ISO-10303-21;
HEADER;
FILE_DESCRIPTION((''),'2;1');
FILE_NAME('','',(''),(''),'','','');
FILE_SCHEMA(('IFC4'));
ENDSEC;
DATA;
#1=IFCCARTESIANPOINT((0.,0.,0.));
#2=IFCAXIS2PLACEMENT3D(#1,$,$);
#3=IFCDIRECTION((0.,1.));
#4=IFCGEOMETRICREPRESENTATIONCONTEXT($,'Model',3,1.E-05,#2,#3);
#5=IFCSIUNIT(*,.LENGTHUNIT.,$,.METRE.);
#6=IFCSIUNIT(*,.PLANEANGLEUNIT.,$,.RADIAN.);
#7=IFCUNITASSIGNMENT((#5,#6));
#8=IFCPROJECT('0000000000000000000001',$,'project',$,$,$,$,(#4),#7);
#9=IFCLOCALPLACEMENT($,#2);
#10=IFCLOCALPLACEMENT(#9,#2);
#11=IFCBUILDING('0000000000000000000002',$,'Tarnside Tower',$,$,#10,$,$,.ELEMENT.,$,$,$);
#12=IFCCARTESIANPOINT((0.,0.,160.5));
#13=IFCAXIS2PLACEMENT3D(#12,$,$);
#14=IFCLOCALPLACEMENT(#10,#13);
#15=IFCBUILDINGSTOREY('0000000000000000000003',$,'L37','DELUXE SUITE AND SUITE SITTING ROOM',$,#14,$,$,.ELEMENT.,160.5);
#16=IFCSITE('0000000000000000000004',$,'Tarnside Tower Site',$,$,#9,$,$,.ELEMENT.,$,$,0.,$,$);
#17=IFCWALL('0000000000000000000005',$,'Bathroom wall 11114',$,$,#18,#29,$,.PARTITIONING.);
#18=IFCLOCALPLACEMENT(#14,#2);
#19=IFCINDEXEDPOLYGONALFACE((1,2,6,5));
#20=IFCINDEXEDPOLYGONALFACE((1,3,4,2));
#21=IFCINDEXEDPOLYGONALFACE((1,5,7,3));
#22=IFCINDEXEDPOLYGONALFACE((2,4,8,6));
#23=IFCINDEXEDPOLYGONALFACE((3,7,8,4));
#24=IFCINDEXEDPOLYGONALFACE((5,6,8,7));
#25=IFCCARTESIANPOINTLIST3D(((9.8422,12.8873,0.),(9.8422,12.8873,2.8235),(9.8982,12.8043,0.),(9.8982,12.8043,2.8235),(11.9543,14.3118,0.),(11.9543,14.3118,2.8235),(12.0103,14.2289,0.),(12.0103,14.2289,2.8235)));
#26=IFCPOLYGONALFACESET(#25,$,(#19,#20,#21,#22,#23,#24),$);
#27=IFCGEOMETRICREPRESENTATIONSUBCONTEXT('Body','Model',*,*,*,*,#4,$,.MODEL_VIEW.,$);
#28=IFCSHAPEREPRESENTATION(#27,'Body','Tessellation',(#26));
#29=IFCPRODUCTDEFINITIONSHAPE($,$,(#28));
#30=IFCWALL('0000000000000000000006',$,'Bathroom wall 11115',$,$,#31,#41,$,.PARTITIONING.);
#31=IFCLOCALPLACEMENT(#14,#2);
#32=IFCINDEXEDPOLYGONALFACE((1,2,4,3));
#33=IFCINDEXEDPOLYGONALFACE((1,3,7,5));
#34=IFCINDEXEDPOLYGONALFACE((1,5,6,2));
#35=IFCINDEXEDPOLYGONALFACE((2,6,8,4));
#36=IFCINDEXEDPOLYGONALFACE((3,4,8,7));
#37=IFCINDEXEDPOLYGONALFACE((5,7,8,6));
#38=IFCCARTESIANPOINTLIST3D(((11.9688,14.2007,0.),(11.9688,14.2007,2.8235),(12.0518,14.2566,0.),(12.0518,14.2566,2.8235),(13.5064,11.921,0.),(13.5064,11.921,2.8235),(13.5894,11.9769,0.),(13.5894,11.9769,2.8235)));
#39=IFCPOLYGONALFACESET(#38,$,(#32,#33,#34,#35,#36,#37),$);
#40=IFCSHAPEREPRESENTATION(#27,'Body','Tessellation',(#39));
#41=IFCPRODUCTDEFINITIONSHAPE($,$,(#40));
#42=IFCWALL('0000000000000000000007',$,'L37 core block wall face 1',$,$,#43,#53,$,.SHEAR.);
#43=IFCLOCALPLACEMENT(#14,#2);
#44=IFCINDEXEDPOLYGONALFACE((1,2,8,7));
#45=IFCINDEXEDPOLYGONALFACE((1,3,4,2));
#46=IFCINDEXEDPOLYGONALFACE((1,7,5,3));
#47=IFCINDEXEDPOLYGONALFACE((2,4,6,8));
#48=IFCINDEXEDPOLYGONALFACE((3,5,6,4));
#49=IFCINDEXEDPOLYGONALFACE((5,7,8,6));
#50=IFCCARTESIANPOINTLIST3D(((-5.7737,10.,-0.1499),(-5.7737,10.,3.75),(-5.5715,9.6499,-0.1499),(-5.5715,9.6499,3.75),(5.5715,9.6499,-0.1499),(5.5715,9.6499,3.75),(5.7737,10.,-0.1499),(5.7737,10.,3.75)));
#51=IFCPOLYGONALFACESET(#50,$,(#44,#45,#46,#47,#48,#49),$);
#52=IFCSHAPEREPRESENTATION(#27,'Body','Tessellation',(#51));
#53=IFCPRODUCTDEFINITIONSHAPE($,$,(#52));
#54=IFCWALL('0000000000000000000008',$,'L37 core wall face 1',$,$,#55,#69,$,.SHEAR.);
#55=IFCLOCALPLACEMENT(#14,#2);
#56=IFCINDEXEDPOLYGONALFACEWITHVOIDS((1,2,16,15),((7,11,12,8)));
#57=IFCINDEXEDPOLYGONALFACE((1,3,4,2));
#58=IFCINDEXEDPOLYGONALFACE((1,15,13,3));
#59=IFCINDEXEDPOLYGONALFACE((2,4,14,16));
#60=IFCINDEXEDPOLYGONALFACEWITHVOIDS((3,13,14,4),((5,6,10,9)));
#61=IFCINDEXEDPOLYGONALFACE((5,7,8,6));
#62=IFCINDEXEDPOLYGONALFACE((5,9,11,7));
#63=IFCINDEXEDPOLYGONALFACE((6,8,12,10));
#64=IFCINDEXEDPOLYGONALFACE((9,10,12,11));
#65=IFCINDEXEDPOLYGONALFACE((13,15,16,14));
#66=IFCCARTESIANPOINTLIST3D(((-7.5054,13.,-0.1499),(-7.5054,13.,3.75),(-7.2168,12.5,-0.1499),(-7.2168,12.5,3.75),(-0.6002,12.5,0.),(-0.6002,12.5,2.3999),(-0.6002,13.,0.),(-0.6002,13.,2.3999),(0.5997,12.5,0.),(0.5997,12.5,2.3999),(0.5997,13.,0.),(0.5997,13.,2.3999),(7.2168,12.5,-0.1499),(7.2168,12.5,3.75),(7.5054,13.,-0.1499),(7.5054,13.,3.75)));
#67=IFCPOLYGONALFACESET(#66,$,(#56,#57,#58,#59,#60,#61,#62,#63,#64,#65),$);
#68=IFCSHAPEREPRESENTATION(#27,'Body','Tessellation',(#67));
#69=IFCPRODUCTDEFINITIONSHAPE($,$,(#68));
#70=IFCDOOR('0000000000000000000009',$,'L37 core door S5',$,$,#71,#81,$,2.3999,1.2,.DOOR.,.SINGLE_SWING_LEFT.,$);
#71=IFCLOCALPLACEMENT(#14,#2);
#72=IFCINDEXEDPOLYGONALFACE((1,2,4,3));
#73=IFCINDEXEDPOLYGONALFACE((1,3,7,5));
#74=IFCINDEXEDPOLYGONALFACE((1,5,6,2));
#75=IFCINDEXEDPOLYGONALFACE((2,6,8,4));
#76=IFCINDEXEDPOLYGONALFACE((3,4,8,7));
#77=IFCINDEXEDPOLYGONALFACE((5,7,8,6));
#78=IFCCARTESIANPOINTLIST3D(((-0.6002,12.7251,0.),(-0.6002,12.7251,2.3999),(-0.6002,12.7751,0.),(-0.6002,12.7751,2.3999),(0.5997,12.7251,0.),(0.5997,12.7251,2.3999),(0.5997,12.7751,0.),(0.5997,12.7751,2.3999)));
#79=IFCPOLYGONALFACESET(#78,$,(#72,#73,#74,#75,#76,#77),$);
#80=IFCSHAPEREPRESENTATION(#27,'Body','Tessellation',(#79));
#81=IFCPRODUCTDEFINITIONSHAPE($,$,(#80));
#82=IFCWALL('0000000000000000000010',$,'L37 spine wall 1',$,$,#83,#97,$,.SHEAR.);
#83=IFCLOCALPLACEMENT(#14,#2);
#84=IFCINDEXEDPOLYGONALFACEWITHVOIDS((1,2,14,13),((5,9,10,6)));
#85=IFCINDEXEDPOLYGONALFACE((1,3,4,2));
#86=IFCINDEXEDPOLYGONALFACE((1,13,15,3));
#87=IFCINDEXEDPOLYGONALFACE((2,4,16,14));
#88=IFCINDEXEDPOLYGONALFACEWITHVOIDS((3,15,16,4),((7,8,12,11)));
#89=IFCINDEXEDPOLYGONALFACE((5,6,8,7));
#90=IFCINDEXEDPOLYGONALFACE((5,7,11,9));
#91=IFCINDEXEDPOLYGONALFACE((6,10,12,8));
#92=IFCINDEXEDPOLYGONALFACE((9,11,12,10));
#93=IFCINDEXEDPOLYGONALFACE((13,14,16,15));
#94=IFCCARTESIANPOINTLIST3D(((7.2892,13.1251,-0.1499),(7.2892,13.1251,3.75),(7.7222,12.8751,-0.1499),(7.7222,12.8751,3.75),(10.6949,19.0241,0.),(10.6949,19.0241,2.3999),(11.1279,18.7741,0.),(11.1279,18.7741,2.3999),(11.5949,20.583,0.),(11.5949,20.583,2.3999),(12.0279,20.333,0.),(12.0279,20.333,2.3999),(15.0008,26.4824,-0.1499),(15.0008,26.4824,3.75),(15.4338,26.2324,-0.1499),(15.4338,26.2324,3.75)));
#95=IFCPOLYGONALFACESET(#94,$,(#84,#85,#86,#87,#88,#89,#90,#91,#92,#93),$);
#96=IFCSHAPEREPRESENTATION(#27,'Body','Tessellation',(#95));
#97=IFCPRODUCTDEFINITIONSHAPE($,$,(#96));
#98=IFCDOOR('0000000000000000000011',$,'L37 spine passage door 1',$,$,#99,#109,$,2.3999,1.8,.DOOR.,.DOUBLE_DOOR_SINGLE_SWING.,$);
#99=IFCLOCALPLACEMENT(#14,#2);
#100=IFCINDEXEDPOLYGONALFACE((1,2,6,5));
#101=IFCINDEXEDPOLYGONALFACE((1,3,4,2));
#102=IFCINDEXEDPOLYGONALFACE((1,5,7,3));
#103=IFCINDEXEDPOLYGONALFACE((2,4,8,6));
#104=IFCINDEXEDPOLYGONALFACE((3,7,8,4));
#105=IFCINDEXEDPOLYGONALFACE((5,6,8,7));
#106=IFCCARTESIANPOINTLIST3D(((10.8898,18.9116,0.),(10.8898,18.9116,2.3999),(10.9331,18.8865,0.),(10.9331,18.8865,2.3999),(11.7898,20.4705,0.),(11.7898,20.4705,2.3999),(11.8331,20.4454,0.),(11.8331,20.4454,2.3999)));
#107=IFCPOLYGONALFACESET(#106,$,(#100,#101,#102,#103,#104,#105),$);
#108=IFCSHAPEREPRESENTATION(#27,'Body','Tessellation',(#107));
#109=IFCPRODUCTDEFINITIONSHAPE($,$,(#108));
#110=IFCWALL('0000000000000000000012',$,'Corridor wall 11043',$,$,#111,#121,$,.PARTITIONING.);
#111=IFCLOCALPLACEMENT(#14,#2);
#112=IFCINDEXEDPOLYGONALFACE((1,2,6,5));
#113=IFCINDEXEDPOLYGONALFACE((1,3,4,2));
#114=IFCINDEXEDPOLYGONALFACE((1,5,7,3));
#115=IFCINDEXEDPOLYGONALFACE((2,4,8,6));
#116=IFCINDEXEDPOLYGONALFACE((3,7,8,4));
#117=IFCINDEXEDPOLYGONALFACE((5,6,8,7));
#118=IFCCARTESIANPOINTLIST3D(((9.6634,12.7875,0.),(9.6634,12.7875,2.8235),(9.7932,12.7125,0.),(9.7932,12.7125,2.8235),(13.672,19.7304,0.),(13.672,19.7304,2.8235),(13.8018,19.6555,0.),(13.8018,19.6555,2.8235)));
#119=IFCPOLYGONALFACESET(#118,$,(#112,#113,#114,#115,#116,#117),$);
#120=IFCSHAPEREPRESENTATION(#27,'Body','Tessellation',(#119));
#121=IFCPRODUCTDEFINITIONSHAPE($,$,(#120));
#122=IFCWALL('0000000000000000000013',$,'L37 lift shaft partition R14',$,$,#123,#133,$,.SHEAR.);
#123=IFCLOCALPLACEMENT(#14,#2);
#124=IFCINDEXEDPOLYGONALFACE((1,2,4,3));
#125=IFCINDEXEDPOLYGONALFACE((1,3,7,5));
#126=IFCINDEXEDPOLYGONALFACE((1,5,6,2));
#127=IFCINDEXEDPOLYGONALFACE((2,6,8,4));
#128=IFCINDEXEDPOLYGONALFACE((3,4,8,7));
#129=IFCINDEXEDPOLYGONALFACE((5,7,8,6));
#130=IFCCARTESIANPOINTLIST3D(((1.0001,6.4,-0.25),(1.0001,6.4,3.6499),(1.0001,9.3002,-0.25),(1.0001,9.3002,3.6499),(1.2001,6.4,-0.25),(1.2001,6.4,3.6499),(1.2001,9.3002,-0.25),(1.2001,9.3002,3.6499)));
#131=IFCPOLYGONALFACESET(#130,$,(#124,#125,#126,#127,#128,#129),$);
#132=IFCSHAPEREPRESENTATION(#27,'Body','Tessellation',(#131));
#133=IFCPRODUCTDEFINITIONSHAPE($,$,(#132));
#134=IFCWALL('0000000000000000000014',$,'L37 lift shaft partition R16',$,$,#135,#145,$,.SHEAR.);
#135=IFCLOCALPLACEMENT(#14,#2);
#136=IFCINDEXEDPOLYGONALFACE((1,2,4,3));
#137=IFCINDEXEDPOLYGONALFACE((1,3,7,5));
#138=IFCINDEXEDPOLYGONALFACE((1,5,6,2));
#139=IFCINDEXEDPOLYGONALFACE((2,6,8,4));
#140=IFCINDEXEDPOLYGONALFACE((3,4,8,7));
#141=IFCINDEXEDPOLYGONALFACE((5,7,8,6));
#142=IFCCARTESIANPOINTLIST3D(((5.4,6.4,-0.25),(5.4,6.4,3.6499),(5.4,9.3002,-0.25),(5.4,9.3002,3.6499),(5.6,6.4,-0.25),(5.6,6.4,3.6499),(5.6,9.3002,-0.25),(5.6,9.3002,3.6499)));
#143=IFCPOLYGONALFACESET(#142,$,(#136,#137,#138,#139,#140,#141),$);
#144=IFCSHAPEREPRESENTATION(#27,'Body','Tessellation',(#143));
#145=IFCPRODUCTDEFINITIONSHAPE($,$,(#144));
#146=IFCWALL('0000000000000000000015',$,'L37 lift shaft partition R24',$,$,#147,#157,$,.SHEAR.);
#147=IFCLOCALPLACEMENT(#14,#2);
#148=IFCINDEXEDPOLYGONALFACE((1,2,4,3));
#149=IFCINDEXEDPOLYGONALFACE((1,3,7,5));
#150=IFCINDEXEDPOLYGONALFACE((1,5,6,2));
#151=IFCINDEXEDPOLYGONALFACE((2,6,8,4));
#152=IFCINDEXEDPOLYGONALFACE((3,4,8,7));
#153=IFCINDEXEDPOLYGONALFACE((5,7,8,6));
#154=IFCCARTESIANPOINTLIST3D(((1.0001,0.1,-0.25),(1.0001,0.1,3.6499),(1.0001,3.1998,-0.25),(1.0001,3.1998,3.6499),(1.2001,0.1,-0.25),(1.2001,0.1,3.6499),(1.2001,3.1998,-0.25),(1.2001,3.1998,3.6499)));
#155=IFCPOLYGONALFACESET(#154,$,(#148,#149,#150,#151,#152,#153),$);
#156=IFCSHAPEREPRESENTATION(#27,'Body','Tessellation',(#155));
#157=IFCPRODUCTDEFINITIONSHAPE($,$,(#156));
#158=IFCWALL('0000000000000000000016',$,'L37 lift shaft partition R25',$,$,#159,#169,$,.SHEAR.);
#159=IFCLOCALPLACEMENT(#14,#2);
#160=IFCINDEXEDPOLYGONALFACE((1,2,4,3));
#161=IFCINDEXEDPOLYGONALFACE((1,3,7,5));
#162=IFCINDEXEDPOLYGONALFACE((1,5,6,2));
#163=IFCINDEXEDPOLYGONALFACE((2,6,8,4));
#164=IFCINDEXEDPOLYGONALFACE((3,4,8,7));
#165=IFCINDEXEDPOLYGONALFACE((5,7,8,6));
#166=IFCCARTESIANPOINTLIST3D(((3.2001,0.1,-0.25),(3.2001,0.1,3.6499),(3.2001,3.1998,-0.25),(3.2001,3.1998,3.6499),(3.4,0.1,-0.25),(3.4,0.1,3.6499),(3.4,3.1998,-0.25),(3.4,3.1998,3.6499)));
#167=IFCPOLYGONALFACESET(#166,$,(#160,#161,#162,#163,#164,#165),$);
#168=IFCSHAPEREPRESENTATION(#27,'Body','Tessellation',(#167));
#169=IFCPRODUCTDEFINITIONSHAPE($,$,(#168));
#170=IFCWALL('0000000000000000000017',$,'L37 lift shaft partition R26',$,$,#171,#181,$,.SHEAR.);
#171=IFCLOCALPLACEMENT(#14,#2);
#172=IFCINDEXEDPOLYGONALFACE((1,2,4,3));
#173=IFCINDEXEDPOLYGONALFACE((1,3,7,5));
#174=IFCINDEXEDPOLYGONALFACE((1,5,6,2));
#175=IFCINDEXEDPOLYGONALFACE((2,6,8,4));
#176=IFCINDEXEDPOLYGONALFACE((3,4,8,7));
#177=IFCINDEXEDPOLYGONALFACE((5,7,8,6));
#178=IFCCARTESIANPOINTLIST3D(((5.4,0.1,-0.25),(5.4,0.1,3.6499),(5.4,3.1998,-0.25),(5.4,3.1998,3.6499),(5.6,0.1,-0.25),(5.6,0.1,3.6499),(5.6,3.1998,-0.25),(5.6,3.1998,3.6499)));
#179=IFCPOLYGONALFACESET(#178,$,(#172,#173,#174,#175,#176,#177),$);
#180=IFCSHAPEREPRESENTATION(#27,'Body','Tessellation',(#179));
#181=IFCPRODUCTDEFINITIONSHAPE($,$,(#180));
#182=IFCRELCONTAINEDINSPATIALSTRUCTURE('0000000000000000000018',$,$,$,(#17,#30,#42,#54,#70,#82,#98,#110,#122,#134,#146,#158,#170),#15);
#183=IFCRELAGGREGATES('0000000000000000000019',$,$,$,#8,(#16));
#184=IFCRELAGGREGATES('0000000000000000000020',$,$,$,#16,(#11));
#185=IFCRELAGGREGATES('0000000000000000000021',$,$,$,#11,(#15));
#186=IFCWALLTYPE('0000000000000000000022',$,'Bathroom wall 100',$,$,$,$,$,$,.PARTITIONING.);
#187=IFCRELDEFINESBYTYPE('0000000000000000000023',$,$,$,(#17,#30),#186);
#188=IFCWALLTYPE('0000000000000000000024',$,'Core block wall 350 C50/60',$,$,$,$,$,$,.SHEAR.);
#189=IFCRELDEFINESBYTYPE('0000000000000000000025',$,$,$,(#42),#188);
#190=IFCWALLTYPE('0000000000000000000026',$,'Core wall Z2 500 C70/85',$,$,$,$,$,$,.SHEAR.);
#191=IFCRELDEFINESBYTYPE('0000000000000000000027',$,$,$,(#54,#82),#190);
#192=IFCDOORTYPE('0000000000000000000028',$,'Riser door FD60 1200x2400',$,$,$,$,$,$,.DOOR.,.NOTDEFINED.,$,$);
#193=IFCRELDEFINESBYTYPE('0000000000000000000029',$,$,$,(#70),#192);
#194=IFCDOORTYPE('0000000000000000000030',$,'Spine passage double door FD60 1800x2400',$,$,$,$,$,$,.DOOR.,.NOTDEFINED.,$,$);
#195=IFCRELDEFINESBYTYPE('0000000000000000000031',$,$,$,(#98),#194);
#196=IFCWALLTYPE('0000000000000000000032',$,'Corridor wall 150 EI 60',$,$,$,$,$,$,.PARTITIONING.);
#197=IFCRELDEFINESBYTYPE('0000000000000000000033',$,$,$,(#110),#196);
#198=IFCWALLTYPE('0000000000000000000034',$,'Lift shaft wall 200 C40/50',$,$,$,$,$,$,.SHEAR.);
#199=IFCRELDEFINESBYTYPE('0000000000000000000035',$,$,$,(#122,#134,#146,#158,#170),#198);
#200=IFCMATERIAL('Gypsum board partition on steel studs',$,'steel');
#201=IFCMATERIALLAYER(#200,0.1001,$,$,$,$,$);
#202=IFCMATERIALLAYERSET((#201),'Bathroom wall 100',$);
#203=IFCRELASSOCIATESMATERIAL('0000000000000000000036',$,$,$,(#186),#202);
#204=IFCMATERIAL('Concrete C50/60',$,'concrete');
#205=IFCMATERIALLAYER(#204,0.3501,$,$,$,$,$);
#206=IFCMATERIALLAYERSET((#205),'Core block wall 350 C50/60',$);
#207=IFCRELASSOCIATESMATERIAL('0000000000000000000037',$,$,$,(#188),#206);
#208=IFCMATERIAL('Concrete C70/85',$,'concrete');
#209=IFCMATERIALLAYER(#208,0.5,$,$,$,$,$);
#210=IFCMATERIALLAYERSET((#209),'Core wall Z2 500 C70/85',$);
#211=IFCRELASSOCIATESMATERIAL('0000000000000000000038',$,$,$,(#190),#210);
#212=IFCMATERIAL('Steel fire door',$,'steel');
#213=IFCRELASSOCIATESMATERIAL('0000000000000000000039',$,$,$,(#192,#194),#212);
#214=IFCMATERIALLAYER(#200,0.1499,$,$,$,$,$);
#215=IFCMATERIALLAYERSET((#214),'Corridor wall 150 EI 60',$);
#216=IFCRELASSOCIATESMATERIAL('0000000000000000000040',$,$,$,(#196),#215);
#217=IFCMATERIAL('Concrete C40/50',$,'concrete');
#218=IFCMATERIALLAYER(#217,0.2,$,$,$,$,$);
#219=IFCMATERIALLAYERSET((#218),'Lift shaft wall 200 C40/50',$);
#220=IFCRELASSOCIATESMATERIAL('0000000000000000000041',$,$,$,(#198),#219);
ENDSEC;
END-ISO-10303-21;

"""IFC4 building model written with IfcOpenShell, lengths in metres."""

from ifc_helpers import new_model, si_unit, direction, frame, frame_2d, origin, place, context, subcontext, project, spatial, polyline, rectangle, outline, extrude, material, layer, layer_set, type_object, element, fill, save


model = new_model("IFC4")

# Units and contexts
model_context = context("Model", 3, precision=1e-05, world=origin(), true_north=direction((0.0, 1.0)))
body_context = subcontext(model_context, "Body", "Model", "MODEL_VIEW")
ifc_project = project(units=[si_unit("LENGTHUNIT", "METRE"), si_unit("PLANEANGLEUNIT", "RADIAN")], contexts=[model_context])

# Site, building, storey
site_placement = place(None, origin())
site = spatial("IfcSite", under=ifc_project, at=site_placement, Name="Tarnside Tower Site", CompositionType="ELEMENT", RefElevation=0.0)
building_placement = place(site_placement, origin())
building = spatial("IfcBuilding", under=site, at=building_placement, Name="Tarnside Tower", CompositionType="ELEMENT")
storey_placement = place(building_placement, frame((0.0, 0.0, 160.5)))
storey = spatial("IfcBuildingStorey", under=building, at=storey_placement, Name="L37", Description="DELUXE SUITE AND SUITE SITTING ROOM", CompositionType="ELEMENT", Elevation=160.5)

# Walls
ifc_material_1 = material(Name="Gypsum board partition on steel studs", Category="steel")
ifc_layer_1 = layer(ifc_material_1, 0.1001)
ifc_layer_set_1 = layer_set([ifc_layer_1], Name="Bathroom wall 100")
wall_type_1 = type_object("IfcWallType", Name="Bathroom wall 100", PredefinedType="PARTITIONING", material=ifc_layer_set_1)
wall_1_placement = place(storey_placement, frame((9.8701, 12.8457, 0.0), z_axis=(0.0, 0.0, 1.0), x_axis=(0.829045, 0.559181, 0.0)))
element("IfcWall", 1, at=wall_1_placement, inside=storey, type_object=wall_type_1, Name="Bathroom wall 11114", PredefinedType="PARTITIONING", context=body_context, shape_type="SweptSolid", body=[
    extrude(rectangle(XDim=2.5476, YDim=0.1001, at=frame_2d((1.2739, 0.0))), origin(), (0.0, 0.0, 1.0), 2.8235),
])
wall_2_placement = place(storey_placement, frame((12.0103, 14.2288, 0.0), z_axis=(0.0, 0.0, 1.0), x_axis=(0.559159, -0.829061, 0.0)))
element("IfcWall", 2, at=wall_2_placement, inside=storey, type_object=wall_type_1, Name="Bathroom wall 11115", PredefinedType="PARTITIONING", context=body_context, shape_type="SweptSolid", body=[
    extrude(rectangle(XDim=2.7498, YDim=0.1001, at=frame_2d((1.375, 0.0))), origin(), (0.0, 0.0, 1.0), 2.8235),
])
ifc_material_2 = material(Name="Concrete C50/60", Category="concrete")
ifc_layer_2 = layer(ifc_material_2, 0.3501)
ifc_layer_set_2 = layer_set([ifc_layer_2], Name="Core block wall 350 C50/60")
wall_type_2 = type_object("IfcWallType", Name="Core block wall 350 C50/60", PredefinedType="SHEAR", material=ifc_layer_set_2)
wall_3_placement = place(storey_placement, frame((5.6726, 9.825, -0.1499), z_axis=(0.0, 0.0, 1.0), x_axis=(-1.0, 0.0, 0.0)))
element("IfcWall", 3, at=wall_3_placement, inside=storey, type_object=wall_type_2, Name="L37 core block wall face 1", PredefinedType="SHEAR", context=body_context, shape_type="SweptSolid", body=[
    extrude(outline(polyline([(-0.1011, -0.175), (11.4463, -0.175), (11.2441, 0.175), (0.1011, 0.175), (-0.1011, -0.175)])), origin(), (0.0, 0.0, 1.0), 3.8999),
])

# Walls, openings, doors
ifc_material_3 = material(Name="Concrete C70/85", Category="concrete")
ifc_layer_3 = layer(ifc_material_3, 0.5)
ifc_layer_set_3 = layer_set([ifc_layer_3], Name="Core wall Z2 500 C70/85")
wall_type_3 = type_object("IfcWallType", Name="Core wall Z2 500 C70/85", PredefinedType="SHEAR", material=ifc_layer_set_3)
wall_4_placement = place(storey_placement, frame((7.3611, 12.75, -0.1499), z_axis=(0.0, 0.0, 1.0), x_axis=(-1.0, 0.0, 0.0)))
wall_4 = element("IfcWall", 4, at=wall_4_placement, inside=storey, type_object=wall_type_3, Name="L37 core wall face 1", PredefinedType="SHEAR", context=body_context, shape_type="SweptSolid", body=[
    extrude(outline(polyline([(-0.1443, -0.25), (14.8665, -0.25), (14.5779, 0.25), (0.1443, 0.25), (-0.1443, -0.25)])), origin(), (0.0, 0.0, 1.0), 3.8999),
])
opening_1_placement = place(wall_4_placement, frame((6.7612, 0.0, 0.1499)))
opening_1 = element("IfcOpeningElement", 5, at=opening_1_placement, cuts=wall_4, PredefinedType="OPENING", context=body_context, shape_type="SweptSolid", body=[
    extrude(rectangle(XDim=1.2, YDim=2.3999, at=frame_2d((0.6001, 1.2))), frame((0.0, 0.26, 0.0), z_axis=(0.0, -1.0, 0.0), x_axis=(1.0, 0.0, 0.0)), (0.0, 0.0, 1.0), 0.52),
])
ifc_material_4 = material(Name="Steel fire door", Category="steel")
door_type_1 = type_object("IfcDoorType", Name="Riser door FD60 1200x2400", OperationType="NOTDEFINED", PredefinedType="DOOR", material=ifc_material_4)
door_1_placement = place(opening_1_placement, origin())
door_1 = element("IfcDoor", 6, at=door_1_placement, inside=storey, type_object=door_type_1, Name="L37 core door S5", OperationType="SINGLE_SWING_LEFT", OverallHeight=2.3999, OverallWidth=1.2, PredefinedType="DOOR", context=body_context, shape_type="SweptSolid", body=[
    extrude(rectangle(XDim=1.2, YDim=2.3999, at=frame_2d((0.6001, 1.2))), frame((0.0, 0.0249, 0.0), z_axis=(0.0, -1.0, 0.0), x_axis=(1.0, 0.0, 0.0)), (0.0, 0.0, 1.0), 0.05),
])
fill(opening_1, door_1)
wall_5_placement = place(storey_placement, frame((7.5056, 13.0, -0.1499), z_axis=(0.0, 0.0, 1.0), x_axis=(0.499988, 0.866032, 0.0)))
wall_5 = element("IfcWall", 7, at=wall_5_placement, inside=storey, type_object=wall_type_3, Name="L37 spine wall 1", PredefinedType="SHEAR", context=body_context, shape_type="SweptSolid", body=[
    extrude(rectangle(XDim=15.4236, YDim=0.5, at=frame_2d((7.7119, 0.0))), origin(), (0.0, 0.0, 1.0), 3.8999),
])
opening_2_placement = place(wall_5_placement, frame((6.8118, 0.0, 0.1499)))
opening_2 = element("IfcOpeningElement", 8, at=opening_2_placement, cuts=wall_5, PredefinedType="OPENING", context=body_context, shape_type="SweptSolid", body=[
    extrude(rectangle(XDim=1.8, YDim=2.3999, at=frame_2d((0.8999, 1.2))), frame((0.0, 0.26, 0.0), z_axis=(0.0, -1.0, 0.0), x_axis=(1.0, 0.0, 0.0)), (0.0, 0.0, 1.0), 0.52),
])
door_type_2 = type_object("IfcDoorType", Name="Spine passage double door FD60 1800x2400", OperationType="NOTDEFINED", PredefinedType="DOOR", material=ifc_material_4)
door_2_placement = place(opening_2_placement, origin())
door_2 = element("IfcDoor", 9, at=door_2_placement, inside=storey, type_object=door_type_2, Name="L37 spine passage door 1", OperationType="DOUBLE_DOOR_SINGLE_SWING", OverallHeight=2.3999, OverallWidth=1.8, PredefinedType="DOOR", context=body_context, shape_type="SweptSolid", body=[
    extrude(rectangle(XDim=1.8, YDim=2.3999, at=frame_2d((0.8999, 1.2))), frame((0.0, 0.0249, 0.0), z_axis=(0.0, -1.0, 0.0), x_axis=(1.0, 0.0, 0.0)), (0.0, 0.0, 1.0), 0.05),
])
fill(opening_2, door_2)

# Walls
ifc_layer_4 = layer(ifc_material_1, 0.1499)
ifc_layer_set_4 = layer_set([ifc_layer_4], Name="Corridor wall 150 EI 60")
wall_type_4 = type_object("IfcWallType", Name="Corridor wall 150 EI 60", PredefinedType="PARTITIONING", material=ifc_layer_set_4)
wall_6_placement = place(storey_placement, frame((9.7283, 12.75, 0.0), z_axis=(0.0, 0.0, 1.0), x_axis=(0.500007, 0.866021, 0.0)))
element("IfcWall", 10, at=wall_6_placement, inside=storey, type_object=wall_type_4, Name="Corridor wall 11043", PredefinedType="PARTITIONING", context=body_context, shape_type="SweptSolid", body=[
    extrude(rectangle(XDim=8.0171, YDim=0.1499, at=frame_2d((4.0085, 0.0))), origin(), (0.0, 0.0, 1.0), 2.8235),
])
ifc_material_5 = material(Name="Concrete C40/50", Category="concrete")
ifc_layer_5 = layer(ifc_material_5, 0.2)
ifc_layer_set_5 = layer_set([ifc_layer_5], Name="Lift shaft wall 200 C40/50")
wall_type_5 = type_object("IfcWallType", Name="Lift shaft wall 200 C40/50", PredefinedType="SHEAR", material=ifc_layer_set_5)
for number, where, z_axis, x_axis, name in (
    (11, (1.1001, 6.3999, -0.25), (0.0, 0.0, 1.0), (0.0, 1.0, 0.0), "L37 lift shaft partition R14"),
    (12, (5.5, 6.3999, -0.25), (0.0, 0.0, 1.0), (0.0, 1.0, 0.0), "L37 lift shaft partition R16"),
):
    element("IfcWall", number, at=place(storey_placement, frame(where, z_axis=z_axis, x_axis=x_axis)), inside=storey, type_object=wall_type_5, Name=name, PredefinedType="SHEAR", context=body_context, shape_type="SweptSolid", body=[
        extrude(rectangle(XDim=2.9001, YDim=0.2, at=frame_2d((1.4502, 0.0))), origin(), (0.0, 0.0, 1.0), 3.8999),
    ])
for number, where, z_axis, x_axis, name in (
    (13, (1.1001, 0.1001, -0.25), (0.0, 0.0, 1.0), (0.0, 1.0, 0.0), "L37 lift shaft partition R24"),
    (14, (3.3, 0.1001, -0.25), (0.0, 0.0, 1.0), (0.0, 1.0, 0.0), "L37 lift shaft partition R25"),
    (15, (5.5, 0.1001, -0.25), (0.0, 0.0, 1.0), (0.0, 1.0, 0.0), "L37 lift shaft partition R26"),
):
    element("IfcWall", number, at=place(storey_placement, frame(where, z_axis=z_axis, x_axis=x_axis)), inside=storey, type_object=wall_type_5, Name=name, PredefinedType="SHEAR", context=body_context, shape_type="SweptSolid", body=[
        extrude(rectangle(XDim=3.0999, YDim=0.2, at=frame_2d((1.5498, 0.0))), origin(), (0.0, 0.0, 1.0), 3.8999),
    ])

save(model, "model.ifc")
